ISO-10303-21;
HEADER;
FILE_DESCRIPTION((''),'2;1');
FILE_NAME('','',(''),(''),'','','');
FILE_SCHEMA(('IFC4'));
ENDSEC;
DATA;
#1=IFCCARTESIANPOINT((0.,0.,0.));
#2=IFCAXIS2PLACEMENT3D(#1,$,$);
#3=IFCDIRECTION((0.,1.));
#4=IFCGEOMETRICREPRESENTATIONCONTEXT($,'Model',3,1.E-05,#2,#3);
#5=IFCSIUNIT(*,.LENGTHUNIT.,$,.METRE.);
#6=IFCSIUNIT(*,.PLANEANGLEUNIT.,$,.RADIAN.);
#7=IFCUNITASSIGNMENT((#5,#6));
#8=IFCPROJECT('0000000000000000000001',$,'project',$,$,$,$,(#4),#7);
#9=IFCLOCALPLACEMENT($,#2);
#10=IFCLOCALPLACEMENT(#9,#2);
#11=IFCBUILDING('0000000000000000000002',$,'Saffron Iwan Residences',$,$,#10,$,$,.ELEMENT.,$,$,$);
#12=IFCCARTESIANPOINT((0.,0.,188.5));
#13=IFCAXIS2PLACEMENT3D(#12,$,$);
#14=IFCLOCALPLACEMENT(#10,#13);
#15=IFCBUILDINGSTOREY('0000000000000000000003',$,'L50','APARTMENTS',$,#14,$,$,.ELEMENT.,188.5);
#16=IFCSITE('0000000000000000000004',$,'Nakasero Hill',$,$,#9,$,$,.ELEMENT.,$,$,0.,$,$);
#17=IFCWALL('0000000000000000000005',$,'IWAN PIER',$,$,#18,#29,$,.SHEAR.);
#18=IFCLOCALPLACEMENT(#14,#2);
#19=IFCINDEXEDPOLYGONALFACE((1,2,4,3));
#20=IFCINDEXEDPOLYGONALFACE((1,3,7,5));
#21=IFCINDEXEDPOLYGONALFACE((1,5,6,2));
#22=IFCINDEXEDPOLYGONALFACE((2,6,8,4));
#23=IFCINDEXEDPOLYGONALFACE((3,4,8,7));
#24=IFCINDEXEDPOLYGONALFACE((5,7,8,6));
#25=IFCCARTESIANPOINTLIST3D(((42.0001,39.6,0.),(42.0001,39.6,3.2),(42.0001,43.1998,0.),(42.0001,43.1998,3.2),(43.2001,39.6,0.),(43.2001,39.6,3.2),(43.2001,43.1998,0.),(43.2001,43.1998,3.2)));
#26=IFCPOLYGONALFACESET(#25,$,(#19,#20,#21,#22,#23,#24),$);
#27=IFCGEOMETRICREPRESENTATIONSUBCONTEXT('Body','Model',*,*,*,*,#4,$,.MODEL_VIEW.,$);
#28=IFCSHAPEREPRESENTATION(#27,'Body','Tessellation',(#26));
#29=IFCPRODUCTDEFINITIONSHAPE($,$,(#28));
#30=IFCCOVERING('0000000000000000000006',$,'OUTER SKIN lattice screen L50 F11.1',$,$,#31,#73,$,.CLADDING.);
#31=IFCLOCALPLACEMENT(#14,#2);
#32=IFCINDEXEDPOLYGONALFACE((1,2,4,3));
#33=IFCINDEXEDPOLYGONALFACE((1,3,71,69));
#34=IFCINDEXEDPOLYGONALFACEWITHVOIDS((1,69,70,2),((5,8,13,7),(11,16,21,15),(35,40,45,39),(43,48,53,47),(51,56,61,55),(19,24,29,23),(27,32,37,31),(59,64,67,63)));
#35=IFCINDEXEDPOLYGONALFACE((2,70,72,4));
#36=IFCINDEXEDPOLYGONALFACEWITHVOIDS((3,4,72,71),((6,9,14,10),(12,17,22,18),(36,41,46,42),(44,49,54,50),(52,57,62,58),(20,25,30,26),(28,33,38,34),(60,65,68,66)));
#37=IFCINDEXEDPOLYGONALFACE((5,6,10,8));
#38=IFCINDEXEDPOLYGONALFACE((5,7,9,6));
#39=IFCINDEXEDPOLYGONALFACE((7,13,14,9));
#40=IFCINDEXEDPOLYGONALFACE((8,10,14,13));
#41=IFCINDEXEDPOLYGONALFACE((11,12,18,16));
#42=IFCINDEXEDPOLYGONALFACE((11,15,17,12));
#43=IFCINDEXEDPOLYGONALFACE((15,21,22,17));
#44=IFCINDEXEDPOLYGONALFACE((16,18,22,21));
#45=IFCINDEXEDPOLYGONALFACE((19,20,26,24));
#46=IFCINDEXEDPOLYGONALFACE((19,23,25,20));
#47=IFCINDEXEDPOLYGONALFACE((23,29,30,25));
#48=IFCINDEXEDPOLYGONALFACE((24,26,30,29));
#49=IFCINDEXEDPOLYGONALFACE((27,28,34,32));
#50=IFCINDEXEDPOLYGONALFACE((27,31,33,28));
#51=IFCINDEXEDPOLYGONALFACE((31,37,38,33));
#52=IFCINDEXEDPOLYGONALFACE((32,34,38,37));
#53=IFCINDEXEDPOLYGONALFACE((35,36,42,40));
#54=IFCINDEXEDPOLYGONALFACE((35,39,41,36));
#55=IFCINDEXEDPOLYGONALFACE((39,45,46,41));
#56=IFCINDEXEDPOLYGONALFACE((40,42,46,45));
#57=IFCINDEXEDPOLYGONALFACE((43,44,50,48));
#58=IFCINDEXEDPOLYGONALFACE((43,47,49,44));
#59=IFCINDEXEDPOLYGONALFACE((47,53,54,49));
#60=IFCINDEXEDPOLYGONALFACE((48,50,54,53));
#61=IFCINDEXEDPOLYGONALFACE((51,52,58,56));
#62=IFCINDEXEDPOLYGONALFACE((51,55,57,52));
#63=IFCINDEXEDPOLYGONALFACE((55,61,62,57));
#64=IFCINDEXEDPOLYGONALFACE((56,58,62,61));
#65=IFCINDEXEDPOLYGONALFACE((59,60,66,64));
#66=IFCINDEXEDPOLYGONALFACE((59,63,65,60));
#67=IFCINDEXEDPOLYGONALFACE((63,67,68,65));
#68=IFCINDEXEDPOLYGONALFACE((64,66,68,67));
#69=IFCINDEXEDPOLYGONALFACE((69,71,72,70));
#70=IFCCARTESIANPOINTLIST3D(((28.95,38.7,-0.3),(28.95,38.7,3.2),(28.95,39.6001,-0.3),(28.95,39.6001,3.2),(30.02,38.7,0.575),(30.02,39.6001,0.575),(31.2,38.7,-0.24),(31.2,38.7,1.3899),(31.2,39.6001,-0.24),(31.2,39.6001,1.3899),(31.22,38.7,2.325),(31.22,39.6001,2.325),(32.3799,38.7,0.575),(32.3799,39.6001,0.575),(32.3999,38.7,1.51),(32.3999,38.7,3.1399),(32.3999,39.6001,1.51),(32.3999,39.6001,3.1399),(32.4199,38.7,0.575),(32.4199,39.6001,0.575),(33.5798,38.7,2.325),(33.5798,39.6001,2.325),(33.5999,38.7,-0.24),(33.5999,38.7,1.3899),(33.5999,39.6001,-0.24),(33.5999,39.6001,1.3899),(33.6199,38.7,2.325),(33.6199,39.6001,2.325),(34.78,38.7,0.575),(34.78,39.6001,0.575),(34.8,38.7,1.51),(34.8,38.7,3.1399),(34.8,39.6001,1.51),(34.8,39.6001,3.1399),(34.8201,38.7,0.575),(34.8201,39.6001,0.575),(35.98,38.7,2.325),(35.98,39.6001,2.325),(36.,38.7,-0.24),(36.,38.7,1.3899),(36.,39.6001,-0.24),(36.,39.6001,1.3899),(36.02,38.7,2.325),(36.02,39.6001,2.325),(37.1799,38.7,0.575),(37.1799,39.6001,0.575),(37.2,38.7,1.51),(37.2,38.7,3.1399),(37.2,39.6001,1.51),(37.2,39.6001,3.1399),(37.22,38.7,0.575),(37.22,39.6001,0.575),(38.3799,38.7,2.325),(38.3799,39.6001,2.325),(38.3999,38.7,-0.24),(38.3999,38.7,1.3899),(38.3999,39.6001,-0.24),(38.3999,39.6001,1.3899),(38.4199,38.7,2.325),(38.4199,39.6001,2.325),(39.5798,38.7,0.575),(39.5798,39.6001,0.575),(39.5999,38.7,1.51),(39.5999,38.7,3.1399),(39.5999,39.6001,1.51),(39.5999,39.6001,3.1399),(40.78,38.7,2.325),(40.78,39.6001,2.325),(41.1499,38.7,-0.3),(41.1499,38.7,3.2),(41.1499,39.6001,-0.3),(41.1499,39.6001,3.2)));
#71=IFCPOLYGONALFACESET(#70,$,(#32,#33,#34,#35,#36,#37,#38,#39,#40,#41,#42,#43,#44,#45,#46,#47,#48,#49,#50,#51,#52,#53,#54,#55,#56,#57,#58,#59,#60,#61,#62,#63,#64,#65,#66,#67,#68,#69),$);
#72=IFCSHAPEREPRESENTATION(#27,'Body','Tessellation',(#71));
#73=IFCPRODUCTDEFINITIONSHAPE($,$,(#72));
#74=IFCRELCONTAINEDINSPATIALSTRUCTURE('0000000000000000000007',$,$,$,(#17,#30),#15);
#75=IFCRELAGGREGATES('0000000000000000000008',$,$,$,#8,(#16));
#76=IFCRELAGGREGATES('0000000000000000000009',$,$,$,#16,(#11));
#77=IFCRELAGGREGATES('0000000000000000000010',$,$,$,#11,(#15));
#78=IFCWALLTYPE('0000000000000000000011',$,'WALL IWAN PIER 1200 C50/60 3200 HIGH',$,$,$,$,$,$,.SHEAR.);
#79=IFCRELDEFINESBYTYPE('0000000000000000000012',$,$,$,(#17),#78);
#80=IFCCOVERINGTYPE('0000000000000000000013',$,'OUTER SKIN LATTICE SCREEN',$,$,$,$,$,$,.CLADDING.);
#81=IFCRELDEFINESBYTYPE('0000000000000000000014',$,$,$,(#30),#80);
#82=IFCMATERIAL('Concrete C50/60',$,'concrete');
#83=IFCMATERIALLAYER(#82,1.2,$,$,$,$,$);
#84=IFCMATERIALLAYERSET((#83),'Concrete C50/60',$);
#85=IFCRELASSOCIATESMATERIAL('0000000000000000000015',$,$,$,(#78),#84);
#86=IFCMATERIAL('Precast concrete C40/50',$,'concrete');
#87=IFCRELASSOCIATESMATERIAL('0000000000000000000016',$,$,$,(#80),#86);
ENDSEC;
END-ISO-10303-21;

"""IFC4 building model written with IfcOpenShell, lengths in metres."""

from ifc_helpers import new_model, si_unit, direction, frame, frame_2d, origin, place, context, subcontext, project, spatial, polyline, rectangle, outline, extrude, material, layer, layer_set, type_object, element, save


model = new_model("IFC4")

# Units and contexts
model_context = context("Model", 3, precision=1e-05, world=origin(), true_north=direction((0.0, 1.0)))
body_context = subcontext(model_context, "Body", "Model", "MODEL_VIEW")
ifc_project = project(units=[si_unit("LENGTHUNIT", "METRE"), si_unit("PLANEANGLEUNIT", "RADIAN")], contexts=[model_context])

# Site, building, storey
site_placement = place(None, origin())
site = spatial("IfcSite", under=ifc_project, at=site_placement, Name="Nakasero Hill", CompositionType="ELEMENT", RefElevation=0.0)
building_placement = place(site_placement, origin())
building = spatial("IfcBuilding", under=site, at=building_placement, Name="Saffron Iwan Residences", CompositionType="ELEMENT")
storey_placement = place(building_placement, frame((0.0, 0.0, 188.5)))
storey = spatial("IfcBuildingStorey", under=building, at=storey_placement, Name="L50", Description="APARTMENTS", CompositionType="ELEMENT", Elevation=188.5)

# Shared definitions
ifc_material_1 = material(Name="Concrete C50/60", Category="concrete")

# Wall
ifc_layer_1 = layer(ifc_material_1, 1.2)
ifc_layer_set_1 = layer_set([ifc_layer_1], Name="Concrete C50/60")
wall_type_1 = type_object("IfcWallType", Name="WALL IWAN PIER 1200 C50/60 3200 HIGH", PredefinedType="SHEAR", material=ifc_layer_set_1)
wall_1_placement = place(storey_placement, frame((42.6001, 39.6001, 0.0), z_axis=(0.0, 0.0, 1.0), x_axis=(0.0, 1.0, 0.0)))
element("IfcWall", 1, at=wall_1_placement, inside=storey, type_object=wall_type_1, Name="IWAN PIER", PredefinedType="SHEAR", context=body_context, shape_type="SweptSolid", body=[
    extrude(rectangle(XDim=3.5999, YDim=1.2, at=frame_2d((1.7998, 0.0))), origin(), (0.0, 0.0, 1.0), 3.2),
])

# Covering
ifc_material_2 = material(Name="Precast concrete C40/50", Category="concrete")
covering_type = type_object("IfcCoveringType", Name="OUTER SKIN LATTICE SCREEN", PredefinedType="CLADDING", material=ifc_material_2)
covering_placement = place(storey_placement, frame((28.95, 39.6001, -0.3), z_axis=(0.0, -1.0, 0.0), x_axis=(1.0, 0.0, 0.0)))
element("IfcCovering", 2, at=covering_placement, inside=storey, type_object=covering_type, Name="OUTER SKIN lattice screen L50 F11.1", PredefinedType="CLADDING", context=body_context, shape_type="SweptSolid", body=[
    extrude(outline(polyline([(0.0, 0.0), (12.2, 0.0), (12.2, 3.5), (0.0, 3.5), (0.0, 0.0)]), holes=[polyline([(1.0701, 0.875), (2.25, 0.0601), (3.4299, 0.875), (2.25, 1.6899), (1.0701, 0.875)]), polyline([(3.47, 0.875), (4.6499, 0.0601), (5.8301, 0.875), (4.6499, 1.6899), (3.47, 0.875)]), polyline([(5.8701, 0.875), (7.05, 0.0601), (8.23, 0.875), (7.05, 1.6899), (5.8701, 0.875)]), polyline([(8.27, 0.875), (9.45, 0.0601), (10.6299, 0.875), (9.45, 1.6899), (8.27, 0.875)]), polyline([(2.27, 2.625), (3.45, 1.8101), (4.6299, 2.625), (3.45, 3.4399), (2.27, 2.625)]), polyline([(4.6699, 2.625), (5.8501, 1.8101), (7.03, 2.625), (5.8501, 3.4399), (4.6699, 2.625)]), polyline([(7.0701, 2.625), (8.25, 1.8101), (9.4299, 2.625), (8.25, 3.4399), (7.0701, 2.625)]), polyline([(9.47, 2.625), (10.6499, 1.8101), (11.8301, 2.625), (10.6499, 3.4399), (9.47, 2.625)])]), origin(), (0.0, 0.0, 1.0), 0.9001),
])

save(model, "model.ifc")
